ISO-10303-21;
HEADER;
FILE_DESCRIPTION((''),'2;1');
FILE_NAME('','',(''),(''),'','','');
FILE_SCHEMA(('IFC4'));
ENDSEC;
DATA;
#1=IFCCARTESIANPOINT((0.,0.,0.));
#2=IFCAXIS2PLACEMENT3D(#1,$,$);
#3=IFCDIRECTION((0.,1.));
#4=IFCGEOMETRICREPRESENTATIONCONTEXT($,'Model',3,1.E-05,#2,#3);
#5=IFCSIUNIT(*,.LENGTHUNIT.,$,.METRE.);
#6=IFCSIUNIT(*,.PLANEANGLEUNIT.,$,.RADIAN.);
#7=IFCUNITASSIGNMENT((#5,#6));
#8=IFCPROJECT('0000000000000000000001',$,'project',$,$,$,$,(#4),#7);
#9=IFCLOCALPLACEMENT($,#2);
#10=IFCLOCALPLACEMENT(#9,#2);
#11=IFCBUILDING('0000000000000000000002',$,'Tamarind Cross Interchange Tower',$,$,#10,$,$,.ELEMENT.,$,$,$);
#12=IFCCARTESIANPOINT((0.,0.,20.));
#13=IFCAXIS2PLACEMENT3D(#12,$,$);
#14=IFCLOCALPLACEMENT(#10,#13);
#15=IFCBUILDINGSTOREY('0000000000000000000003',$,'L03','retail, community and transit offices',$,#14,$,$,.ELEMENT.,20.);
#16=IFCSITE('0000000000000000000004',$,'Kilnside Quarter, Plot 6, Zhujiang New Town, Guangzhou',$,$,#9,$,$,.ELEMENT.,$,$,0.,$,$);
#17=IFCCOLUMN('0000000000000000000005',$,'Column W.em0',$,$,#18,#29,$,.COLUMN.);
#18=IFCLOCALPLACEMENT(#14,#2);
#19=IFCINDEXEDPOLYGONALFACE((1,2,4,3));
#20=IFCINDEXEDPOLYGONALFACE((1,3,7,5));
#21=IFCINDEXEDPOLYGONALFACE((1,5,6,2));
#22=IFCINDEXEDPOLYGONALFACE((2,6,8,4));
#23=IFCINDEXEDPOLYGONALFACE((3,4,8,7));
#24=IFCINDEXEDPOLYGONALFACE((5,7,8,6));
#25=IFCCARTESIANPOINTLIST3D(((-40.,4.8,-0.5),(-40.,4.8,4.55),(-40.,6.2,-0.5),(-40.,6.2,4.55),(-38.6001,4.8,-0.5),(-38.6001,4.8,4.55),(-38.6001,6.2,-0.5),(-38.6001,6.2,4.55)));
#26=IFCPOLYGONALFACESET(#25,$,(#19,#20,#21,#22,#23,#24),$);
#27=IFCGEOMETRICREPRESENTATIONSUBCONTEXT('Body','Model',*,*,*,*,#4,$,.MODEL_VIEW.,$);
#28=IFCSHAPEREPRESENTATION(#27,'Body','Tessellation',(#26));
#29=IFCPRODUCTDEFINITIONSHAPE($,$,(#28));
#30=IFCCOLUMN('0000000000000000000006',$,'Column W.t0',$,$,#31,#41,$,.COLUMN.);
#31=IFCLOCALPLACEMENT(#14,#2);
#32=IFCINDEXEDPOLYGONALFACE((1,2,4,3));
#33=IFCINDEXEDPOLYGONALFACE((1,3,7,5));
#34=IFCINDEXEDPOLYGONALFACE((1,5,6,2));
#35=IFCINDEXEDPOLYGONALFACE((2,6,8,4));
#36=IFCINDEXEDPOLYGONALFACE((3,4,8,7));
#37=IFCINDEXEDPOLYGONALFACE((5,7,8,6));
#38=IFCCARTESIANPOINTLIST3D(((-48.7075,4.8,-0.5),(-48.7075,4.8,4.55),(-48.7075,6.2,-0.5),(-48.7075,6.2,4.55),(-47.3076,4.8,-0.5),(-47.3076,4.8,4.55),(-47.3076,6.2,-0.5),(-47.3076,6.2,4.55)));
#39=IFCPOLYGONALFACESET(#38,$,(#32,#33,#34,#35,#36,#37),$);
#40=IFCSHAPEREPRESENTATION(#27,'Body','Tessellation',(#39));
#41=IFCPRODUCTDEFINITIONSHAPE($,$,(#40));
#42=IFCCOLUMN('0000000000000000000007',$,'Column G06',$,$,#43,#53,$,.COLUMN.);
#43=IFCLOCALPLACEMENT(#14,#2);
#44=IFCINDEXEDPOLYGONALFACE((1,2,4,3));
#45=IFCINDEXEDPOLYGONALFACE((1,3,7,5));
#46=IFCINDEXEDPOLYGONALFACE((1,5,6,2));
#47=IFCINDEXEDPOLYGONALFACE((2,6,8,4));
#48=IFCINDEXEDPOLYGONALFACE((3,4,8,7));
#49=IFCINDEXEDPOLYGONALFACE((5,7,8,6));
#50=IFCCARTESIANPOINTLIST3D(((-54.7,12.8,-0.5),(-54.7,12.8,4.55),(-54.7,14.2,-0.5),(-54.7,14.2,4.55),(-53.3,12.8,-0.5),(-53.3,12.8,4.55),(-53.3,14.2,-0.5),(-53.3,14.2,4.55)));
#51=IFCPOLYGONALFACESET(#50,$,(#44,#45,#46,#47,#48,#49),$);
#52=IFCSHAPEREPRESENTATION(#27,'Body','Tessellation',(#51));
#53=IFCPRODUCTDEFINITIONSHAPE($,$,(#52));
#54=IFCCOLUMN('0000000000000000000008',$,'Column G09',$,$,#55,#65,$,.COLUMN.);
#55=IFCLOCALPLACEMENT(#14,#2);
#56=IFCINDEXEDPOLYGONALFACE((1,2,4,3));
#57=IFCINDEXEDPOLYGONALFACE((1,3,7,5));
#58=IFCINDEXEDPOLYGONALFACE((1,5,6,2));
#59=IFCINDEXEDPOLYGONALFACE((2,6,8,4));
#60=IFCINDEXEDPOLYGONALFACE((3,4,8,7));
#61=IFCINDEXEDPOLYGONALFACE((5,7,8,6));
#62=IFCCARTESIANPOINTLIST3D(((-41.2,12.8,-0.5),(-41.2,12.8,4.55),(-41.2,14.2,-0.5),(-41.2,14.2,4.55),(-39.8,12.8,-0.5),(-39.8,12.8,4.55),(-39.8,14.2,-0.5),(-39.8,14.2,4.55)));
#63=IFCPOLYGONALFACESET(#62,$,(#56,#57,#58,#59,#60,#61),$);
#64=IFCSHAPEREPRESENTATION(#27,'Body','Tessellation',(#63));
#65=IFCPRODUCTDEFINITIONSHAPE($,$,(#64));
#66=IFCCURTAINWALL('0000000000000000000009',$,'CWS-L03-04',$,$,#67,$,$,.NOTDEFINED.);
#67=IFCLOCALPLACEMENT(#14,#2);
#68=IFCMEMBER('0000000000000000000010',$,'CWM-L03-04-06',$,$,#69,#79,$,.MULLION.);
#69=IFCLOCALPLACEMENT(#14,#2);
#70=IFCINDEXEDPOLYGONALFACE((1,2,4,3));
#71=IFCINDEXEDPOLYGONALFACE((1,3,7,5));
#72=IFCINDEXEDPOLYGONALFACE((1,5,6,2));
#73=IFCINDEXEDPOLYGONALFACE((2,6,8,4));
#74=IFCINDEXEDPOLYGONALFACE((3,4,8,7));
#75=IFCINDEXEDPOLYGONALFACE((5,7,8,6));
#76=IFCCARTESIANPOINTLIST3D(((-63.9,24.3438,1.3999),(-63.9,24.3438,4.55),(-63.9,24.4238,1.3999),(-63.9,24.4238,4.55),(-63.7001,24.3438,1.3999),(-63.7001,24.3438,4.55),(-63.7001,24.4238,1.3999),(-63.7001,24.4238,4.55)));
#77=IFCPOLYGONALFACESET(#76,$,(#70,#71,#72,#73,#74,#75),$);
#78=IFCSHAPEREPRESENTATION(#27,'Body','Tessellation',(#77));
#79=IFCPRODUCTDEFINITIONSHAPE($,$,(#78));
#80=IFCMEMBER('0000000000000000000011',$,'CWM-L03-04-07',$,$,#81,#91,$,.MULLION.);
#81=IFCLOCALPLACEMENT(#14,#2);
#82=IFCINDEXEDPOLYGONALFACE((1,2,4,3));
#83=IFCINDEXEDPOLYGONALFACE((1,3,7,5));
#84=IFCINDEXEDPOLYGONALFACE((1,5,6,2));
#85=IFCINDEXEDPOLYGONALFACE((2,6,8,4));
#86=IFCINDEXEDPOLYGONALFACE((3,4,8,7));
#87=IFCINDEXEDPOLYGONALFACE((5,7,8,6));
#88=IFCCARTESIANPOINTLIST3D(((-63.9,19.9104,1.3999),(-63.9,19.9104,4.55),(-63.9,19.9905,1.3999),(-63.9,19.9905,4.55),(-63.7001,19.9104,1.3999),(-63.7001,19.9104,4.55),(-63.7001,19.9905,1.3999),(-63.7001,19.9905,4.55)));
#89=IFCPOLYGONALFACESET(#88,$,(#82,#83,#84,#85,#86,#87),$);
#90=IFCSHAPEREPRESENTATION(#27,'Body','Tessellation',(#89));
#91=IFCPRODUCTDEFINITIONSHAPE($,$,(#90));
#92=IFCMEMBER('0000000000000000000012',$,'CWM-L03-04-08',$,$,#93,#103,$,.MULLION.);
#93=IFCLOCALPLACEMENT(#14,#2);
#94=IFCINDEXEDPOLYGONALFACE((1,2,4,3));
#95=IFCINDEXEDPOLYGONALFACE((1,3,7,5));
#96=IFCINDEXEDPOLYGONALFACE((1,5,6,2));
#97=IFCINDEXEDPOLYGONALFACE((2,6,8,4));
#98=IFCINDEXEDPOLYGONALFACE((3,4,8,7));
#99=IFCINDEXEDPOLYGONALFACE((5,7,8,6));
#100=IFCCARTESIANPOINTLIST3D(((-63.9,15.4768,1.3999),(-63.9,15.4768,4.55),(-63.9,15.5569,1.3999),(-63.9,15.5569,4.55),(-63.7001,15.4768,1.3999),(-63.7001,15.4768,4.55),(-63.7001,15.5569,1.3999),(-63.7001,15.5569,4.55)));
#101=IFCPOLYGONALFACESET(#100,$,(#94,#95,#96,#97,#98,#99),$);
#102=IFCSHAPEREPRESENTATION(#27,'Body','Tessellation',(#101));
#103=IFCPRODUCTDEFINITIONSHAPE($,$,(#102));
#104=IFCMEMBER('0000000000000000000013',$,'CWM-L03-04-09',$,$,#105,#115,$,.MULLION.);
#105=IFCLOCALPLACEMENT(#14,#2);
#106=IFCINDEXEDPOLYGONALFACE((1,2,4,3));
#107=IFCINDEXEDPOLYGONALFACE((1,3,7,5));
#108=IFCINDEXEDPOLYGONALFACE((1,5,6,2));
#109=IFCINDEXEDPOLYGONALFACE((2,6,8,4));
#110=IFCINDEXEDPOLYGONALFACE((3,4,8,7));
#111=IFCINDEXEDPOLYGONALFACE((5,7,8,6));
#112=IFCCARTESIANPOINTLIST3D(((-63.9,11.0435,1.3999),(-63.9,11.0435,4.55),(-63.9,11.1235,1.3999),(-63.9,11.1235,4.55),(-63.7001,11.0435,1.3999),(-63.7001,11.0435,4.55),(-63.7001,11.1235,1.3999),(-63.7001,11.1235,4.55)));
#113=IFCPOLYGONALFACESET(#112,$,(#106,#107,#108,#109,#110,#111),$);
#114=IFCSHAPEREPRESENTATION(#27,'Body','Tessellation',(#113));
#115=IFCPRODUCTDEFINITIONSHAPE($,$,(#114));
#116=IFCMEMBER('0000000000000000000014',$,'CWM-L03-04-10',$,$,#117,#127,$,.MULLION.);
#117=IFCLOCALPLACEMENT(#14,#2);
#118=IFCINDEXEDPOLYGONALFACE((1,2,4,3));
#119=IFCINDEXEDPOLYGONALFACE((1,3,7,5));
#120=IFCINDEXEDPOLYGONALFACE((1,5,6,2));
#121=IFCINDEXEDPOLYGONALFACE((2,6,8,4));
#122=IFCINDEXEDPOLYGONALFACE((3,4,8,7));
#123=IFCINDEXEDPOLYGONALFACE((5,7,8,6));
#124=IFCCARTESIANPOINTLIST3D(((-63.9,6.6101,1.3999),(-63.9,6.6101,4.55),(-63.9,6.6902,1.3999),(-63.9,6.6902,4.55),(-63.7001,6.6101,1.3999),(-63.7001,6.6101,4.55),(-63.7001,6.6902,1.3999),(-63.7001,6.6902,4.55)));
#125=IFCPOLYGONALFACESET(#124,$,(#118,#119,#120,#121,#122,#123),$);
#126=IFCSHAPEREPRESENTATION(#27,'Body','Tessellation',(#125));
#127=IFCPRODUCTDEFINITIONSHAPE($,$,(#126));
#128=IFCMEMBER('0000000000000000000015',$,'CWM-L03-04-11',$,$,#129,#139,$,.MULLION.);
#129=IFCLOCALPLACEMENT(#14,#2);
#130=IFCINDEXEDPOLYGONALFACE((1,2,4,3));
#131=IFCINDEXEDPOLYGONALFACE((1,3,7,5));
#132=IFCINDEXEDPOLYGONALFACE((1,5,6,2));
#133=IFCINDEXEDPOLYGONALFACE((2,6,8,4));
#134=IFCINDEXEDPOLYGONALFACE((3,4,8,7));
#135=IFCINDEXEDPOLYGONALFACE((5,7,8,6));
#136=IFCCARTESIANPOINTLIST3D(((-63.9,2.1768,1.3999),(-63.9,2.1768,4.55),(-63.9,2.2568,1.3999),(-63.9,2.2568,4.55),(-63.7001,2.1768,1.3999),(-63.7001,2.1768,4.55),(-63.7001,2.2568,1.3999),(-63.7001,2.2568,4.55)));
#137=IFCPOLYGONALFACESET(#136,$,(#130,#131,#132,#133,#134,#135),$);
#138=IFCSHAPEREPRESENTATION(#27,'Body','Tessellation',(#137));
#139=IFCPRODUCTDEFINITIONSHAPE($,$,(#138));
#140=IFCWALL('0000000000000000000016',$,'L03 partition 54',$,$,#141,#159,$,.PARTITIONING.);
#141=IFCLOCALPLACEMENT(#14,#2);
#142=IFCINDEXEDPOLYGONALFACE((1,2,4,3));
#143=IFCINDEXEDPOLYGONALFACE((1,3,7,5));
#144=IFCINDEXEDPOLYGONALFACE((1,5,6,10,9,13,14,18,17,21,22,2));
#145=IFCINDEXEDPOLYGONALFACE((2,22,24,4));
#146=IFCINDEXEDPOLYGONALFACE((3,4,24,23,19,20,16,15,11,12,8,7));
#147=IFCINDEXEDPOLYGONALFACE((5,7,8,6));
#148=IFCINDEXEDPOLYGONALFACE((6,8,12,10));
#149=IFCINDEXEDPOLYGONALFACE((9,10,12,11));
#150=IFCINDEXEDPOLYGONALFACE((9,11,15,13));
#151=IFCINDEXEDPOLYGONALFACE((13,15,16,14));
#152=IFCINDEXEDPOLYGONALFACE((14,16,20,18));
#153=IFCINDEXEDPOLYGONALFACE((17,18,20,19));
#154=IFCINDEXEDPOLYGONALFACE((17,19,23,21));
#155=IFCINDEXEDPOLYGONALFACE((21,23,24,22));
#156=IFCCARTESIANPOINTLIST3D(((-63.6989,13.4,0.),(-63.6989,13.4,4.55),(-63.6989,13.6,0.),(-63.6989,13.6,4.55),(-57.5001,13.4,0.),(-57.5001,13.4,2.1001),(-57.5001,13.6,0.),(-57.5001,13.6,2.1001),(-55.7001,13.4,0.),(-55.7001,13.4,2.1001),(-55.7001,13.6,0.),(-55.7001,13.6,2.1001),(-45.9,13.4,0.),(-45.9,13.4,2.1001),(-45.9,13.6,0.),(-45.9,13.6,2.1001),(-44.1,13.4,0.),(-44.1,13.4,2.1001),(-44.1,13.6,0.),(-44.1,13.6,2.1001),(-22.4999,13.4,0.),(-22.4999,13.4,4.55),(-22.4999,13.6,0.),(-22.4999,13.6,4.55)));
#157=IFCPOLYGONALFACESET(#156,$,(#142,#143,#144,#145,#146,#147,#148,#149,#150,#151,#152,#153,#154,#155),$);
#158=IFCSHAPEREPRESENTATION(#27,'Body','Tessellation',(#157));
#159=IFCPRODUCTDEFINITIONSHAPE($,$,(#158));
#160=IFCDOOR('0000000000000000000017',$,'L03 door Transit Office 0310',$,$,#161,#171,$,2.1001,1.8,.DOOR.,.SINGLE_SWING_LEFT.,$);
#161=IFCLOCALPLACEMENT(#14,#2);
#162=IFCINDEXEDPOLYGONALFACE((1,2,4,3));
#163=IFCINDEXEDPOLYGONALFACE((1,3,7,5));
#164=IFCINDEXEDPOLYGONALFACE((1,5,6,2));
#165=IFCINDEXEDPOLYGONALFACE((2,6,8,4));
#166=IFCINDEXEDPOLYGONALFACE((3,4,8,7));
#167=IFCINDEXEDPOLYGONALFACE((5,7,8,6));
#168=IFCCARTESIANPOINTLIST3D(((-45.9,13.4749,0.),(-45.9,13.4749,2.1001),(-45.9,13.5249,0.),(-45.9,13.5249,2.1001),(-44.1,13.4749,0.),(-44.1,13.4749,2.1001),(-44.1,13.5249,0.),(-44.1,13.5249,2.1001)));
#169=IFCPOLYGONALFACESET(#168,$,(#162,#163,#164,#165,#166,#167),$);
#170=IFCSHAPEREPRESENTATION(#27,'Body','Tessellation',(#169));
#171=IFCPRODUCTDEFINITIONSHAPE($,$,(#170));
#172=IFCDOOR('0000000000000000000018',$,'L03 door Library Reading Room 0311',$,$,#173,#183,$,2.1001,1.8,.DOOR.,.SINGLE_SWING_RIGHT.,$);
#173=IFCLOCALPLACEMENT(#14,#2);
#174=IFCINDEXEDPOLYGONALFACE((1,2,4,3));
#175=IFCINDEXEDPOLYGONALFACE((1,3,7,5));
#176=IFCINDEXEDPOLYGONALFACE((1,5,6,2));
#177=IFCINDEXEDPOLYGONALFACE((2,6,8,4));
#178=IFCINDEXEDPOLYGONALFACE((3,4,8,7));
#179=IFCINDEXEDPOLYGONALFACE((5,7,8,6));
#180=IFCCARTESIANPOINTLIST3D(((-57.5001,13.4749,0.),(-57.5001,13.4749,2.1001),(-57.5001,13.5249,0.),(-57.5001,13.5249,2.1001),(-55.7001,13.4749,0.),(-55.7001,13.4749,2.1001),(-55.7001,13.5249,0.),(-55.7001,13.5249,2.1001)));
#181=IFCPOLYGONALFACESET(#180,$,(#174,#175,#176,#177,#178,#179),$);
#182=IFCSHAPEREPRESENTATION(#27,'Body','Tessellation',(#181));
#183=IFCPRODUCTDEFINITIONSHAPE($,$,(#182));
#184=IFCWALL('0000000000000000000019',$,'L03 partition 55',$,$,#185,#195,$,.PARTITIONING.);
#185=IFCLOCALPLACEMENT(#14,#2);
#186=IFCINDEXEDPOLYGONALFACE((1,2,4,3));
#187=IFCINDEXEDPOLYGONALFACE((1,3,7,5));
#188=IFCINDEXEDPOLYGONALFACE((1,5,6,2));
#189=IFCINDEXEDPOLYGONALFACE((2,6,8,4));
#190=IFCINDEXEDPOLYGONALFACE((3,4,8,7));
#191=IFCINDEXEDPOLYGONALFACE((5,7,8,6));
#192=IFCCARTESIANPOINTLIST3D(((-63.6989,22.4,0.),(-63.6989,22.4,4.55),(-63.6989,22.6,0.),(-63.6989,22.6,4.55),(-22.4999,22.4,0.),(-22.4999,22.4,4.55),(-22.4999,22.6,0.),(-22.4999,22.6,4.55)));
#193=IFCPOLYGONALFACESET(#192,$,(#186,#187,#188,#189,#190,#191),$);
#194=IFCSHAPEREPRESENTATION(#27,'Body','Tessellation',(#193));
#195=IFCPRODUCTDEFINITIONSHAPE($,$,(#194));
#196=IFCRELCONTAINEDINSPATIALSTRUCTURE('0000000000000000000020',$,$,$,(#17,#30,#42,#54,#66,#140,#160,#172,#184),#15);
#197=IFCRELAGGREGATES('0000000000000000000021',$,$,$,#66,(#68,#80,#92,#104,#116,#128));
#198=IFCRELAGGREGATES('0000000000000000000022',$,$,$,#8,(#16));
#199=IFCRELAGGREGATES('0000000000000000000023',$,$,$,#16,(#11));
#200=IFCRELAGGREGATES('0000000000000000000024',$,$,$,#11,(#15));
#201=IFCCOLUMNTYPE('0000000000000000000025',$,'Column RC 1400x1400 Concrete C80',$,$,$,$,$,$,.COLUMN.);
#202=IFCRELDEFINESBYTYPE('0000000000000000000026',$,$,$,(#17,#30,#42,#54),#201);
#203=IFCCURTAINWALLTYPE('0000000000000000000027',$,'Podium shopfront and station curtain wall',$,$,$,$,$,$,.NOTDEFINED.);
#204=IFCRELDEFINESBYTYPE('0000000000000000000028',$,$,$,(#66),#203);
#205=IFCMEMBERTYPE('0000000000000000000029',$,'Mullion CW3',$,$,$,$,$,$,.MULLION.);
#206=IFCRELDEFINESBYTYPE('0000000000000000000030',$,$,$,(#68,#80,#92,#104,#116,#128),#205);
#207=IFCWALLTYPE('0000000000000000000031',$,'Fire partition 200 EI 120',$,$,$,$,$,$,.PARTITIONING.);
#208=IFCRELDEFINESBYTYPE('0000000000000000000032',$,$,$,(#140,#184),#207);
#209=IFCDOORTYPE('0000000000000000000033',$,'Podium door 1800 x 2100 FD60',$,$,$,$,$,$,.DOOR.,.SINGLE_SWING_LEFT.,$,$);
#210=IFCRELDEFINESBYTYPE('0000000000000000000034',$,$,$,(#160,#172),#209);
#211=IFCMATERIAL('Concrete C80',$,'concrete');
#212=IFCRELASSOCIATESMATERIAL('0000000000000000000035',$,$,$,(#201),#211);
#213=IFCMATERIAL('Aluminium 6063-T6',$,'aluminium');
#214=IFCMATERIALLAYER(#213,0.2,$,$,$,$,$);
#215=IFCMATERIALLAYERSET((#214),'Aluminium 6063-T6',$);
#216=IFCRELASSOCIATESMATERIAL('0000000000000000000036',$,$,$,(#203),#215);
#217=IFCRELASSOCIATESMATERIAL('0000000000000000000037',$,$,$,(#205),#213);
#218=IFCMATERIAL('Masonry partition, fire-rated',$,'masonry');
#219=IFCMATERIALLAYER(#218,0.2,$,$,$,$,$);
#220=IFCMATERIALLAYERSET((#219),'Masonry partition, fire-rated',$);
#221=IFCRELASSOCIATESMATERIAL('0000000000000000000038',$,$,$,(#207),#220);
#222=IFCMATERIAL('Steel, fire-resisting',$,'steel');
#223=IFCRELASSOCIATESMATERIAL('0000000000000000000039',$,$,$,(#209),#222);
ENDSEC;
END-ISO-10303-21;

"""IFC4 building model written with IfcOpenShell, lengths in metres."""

from ifc_helpers import new_model, si_unit, direction, frame, frame_2d, origin, origin_2d, place, context, subcontext, project, spatial, rectangle, extrude, material, layer, layer_set, material_profile, profile_set, type_object, element, fill, aggregate, save


model = new_model("IFC4")

# Units and contexts
model_context = context("Model", 3, precision=1e-05, world=origin(), true_north=direction((0.0, 1.0)))
body_context = subcontext(model_context, "Body", "Model", "MODEL_VIEW")
ifc_project = project(units=[si_unit("LENGTHUNIT", "METRE"), si_unit("PLANEANGLEUNIT", "RADIAN")], contexts=[model_context])

# Site, building, storey
site_placement = place(None, origin())
site = spatial("IfcSite", under=ifc_project, at=site_placement, Name="Kilnside Quarter, Plot 6, Zhujiang New Town, Guangzhou", CompositionType="ELEMENT", RefElevation=0.0)
building_placement = place(site_placement, origin())
building = spatial("IfcBuilding", under=site, at=building_placement, Name="Tamarind Cross Interchange Tower", CompositionType="ELEMENT")
storey_placement = place(building_placement, frame((0.0, 0.0, 20.0)))
storey = spatial("IfcBuildingStorey", under=building, at=storey_placement, Name="L03", Description="retail, community and transit offices", CompositionType="ELEMENT", Elevation=20.0)

# Columns
ifc_material_1 = material(Name="Concrete C80", Category="concrete")
ifc_material_profile_1 = material_profile(ifc_material_1, rectangle(XDim=1.3999, YDim=1.3999, at=origin_2d()), Name="RC 1400x1400")
ifc_profile_set_1 = profile_set([ifc_material_profile_1], Name="Concrete C80")
column_type = type_object("IfcColumnType", Name="Column RC 1400x1400 Concrete C80", PredefinedType="COLUMN", material=ifc_profile_set_1)
for number, where, z_axis, x_axis, name in (
    (1, (-39.3, 5.5, -0.5), (0.0, 0.0, 1.0), (1.0, 0.0, 0.0), "Column W.em0"),
    (2, (-48.0076, 5.5, -0.5), (0.0, 0.0, 1.0), (1.0, 0.0, 0.0), "Column W.t0"),
    (3, (-54.0, 13.5, -0.5), (0.0, 0.0, 1.0), (1.0, 0.0, 0.0), "Column G06"),
    (4, (-40.5, 13.5, -0.5), (0.0, 0.0, 1.0), (1.0, 0.0, 0.0), "Column G09"),
):
    element("IfcColumn", number, at=place(storey_placement, frame(where, z_axis=z_axis, x_axis=x_axis)), inside=storey, type_object=column_type, Name=name, PredefinedType="COLUMN", context=body_context, shape_type="SweptSolid", body=[
        extrude(rectangle(XDim=1.3999, YDim=1.3999, at=origin_2d()), origin(), (0.0, 0.0, 1.0), 5.05),
    ])

# Curtain wall, members
ifc_material_2 = material(Name="Aluminium 6063-T6", Category="aluminium")
ifc_layer_1 = layer(ifc_material_2, 0.2)
ifc_layer_set_1 = layer_set([ifc_layer_1], Name="Aluminium 6063-T6")
curtain_wall_type = type_object("IfcCurtainWallType", Name="Podium shopfront and station curtain wall", PredefinedType="NOTDEFINED", material=ifc_layer_set_1)
curtain_wall_placement = place(storey_placement, origin())
curtain_wall = element("IfcCurtainWall", 5, at=curtain_wall_placement, inside=storey, type_object=curtain_wall_type, Name="CWS-L03-04", PredefinedType="NOTDEFINED")
ifc_material_profile_2 = material_profile(ifc_material_2, rectangle(XDim=0.0801, YDim=0.2, at=origin_2d()), Name="Mullion CW3")
ifc_profile_set_2 = profile_set([ifc_material_profile_2], Name="Aluminium 6063-T6")
member_type = type_object("IfcMemberType", Name="Mullion CW3", PredefinedType="MULLION", material=ifc_profile_set_2)
member_1_placement = place(storey_placement, frame((-63.8, 24.3838, 1.3999), z_axis=(0.0, 0.0, 1.0), x_axis=(0.0, -1.0, 0.0)))
member_1 = element("IfcMember", 6, at=member_1_placement, type_object=member_type, Name="CWM-L03-04-06", PredefinedType="MULLION", context=body_context, shape_type="SweptSolid", body=[
    extrude(rectangle(XDim=0.0801, YDim=0.2, at=origin_2d()), origin(), (0.0, 0.0, 1.0), 3.1501),
])
member_2_placement = place(storey_placement, frame((-63.8, 19.9504, 1.3999), z_axis=(0.0, 0.0, 1.0), x_axis=(0.0, -1.0, 0.0)))
member_2 = element("IfcMember", 7, at=member_2_placement, type_object=member_type, Name="CWM-L03-04-07", PredefinedType="MULLION", context=body_context, shape_type="SweptSolid", body=[
    extrude(rectangle(XDim=0.0801, YDim=0.2, at=origin_2d()), origin(), (0.0, 0.0, 1.0), 3.1501),
])
member_3_placement = place(storey_placement, frame((-63.8, 15.5168, 1.3999), z_axis=(0.0, 0.0, 1.0), x_axis=(0.0, -1.0, 0.0)))
member_3 = element("IfcMember", 8, at=member_3_placement, type_object=member_type, Name="CWM-L03-04-08", PredefinedType="MULLION", context=body_context, shape_type="SweptSolid", body=[
    extrude(rectangle(XDim=0.0801, YDim=0.2, at=origin_2d()), origin(), (0.0, 0.0, 1.0), 3.1501),
])
member_4_placement = place(storey_placement, frame((-63.8, 11.0835, 1.3999), z_axis=(0.0, 0.0, 1.0), x_axis=(0.0, -1.0, 0.0)))
member_4 = element("IfcMember", 9, at=member_4_placement, type_object=member_type, Name="CWM-L03-04-09", PredefinedType="MULLION", context=body_context, shape_type="SweptSolid", body=[
    extrude(rectangle(XDim=0.0801, YDim=0.2, at=origin_2d()), origin(), (0.0, 0.0, 1.0), 3.1501),
])
member_5_placement = place(storey_placement, frame((-63.8, 6.6501, 1.3999), z_axis=(0.0, 0.0, 1.0), x_axis=(0.0, -1.0, 0.0)))
member_5 = element("IfcMember", 10, at=member_5_placement, type_object=member_type, Name="CWM-L03-04-10", PredefinedType="MULLION", context=body_context, shape_type="SweptSolid", body=[
    extrude(rectangle(XDim=0.0801, YDim=0.2, at=origin_2d()), origin(), (0.0, 0.0, 1.0), 3.1501),
])
member_6_placement = place(storey_placement, frame((-63.8, 2.2168, 1.3999), z_axis=(0.0, 0.0, 1.0), x_axis=(0.0, -1.0, 0.0)))
member_6 = element("IfcMember", 11, at=member_6_placement, type_object=member_type, Name="CWM-L03-04-11", PredefinedType="MULLION", context=body_context, shape_type="SweptSolid", body=[
    extrude(rectangle(XDim=0.0801, YDim=0.2, at=origin_2d()), origin(), (0.0, 0.0, 1.0), 3.1501),
])
aggregate(curtain_wall, [member_1, member_2, member_3, member_4, member_5, member_6])

# Wall, openings, doors
ifc_material_3 = material(Name="Masonry partition, fire-rated", Category="masonry")
ifc_layer_2 = layer(ifc_material_3, 0.2)
ifc_layer_set_2 = layer_set([ifc_layer_2], Name="Masonry partition, fire-rated")
wall_type_1 = type_object("IfcWallType", Name="Fire partition 200 EI 120", PredefinedType="PARTITIONING", material=ifc_layer_set_2)
wall_1_placement = place(storey_placement, frame((-63.699, 13.5, 0.0), z_axis=(0.0, 0.0, 1.0), x_axis=(1.0, 0.0, 0.0)))
wall_1 = element("IfcWall", 12, at=wall_1_placement, inside=storey, type_object=wall_type_1, Name="L03 partition 54", PredefinedType="PARTITIONING", context=body_context, shape_type="SweptSolid", body=[
    extrude(rectangle(XDim=41.199, YDim=0.2, at=frame_2d((20.5996, 0.0))), origin(), (0.0, 0.0, 1.0), 4.55),
])
opening_1_placement = place(wall_1_placement, frame((17.7991, 0.0, 0.0)))
opening_1 = element("IfcOpeningElement", 13, at=opening_1_placement, cuts=wall_1, PredefinedType="OPENING", context=body_context, shape_type="SweptSolid", body=[
    extrude(rectangle(XDim=1.8, YDim=2.1001, at=frame_2d((0.8999, 1.05))), frame((0.0, 0.1099, 0.0), z_axis=(0.0, -1.0, 0.0), x_axis=(1.0, 0.0, 0.0)), (0.0, 0.0, 1.0), 0.22),
])
opening_2_placement = place(wall_1_placement, frame((6.199, 0.0, 0.0)))
opening_2 = element("IfcOpeningElement", 14, at=opening_2_placement, cuts=wall_1, PredefinedType="OPENING", context=body_context, shape_type="SweptSolid", body=[
    extrude(rectangle(XDim=1.8, YDim=2.1001, at=frame_2d((0.8999, 1.05))), frame((0.0, 0.1099, 0.0), z_axis=(0.0, -1.0, 0.0), x_axis=(1.0, 0.0, 0.0)), (0.0, 0.0, 1.0), 0.22),
])
ifc_material_4 = material(Name="Steel, fire-resisting", Category="steel")
door_type = type_object("IfcDoorType", Name="Podium door 1800 x 2100 FD60", OperationType="SINGLE_SWING_LEFT", PredefinedType="DOOR", material=ifc_material_4)
door_1_placement = place(opening_1_placement, origin())
door_1 = element("IfcDoor", 15, at=door_1_placement, inside=storey, type_object=door_type, Name="L03 door Transit Office 0310", OperationType="SINGLE_SWING_LEFT", OverallHeight=2.1001, OverallWidth=1.8, PredefinedType="DOOR", context=body_context, shape_type="SweptSolid", body=[
    extrude(rectangle(XDim=1.8, YDim=2.1001, at=frame_2d((0.8999, 1.05))), frame((0.0, 0.0249, 0.0), z_axis=(0.0, -1.0, 0.0), x_axis=(1.0, 0.0, 0.0)), (0.0, 0.0, 1.0), 0.05),
])
fill(opening_1, door_1)
door_2_placement = place(opening_2_placement, origin())
door_2 = element("IfcDoor", 16, at=door_2_placement, inside=storey, type_object=door_type, Name="L03 door Library Reading Room 0311", OperationType="SINGLE_SWING_RIGHT", OverallHeight=2.1001, OverallWidth=1.8, PredefinedType="DOOR", context=body_context, shape_type="SweptSolid", body=[
    extrude(rectangle(XDim=1.8, YDim=2.1001, at=frame_2d((0.8999, 1.05))), frame((0.0, 0.0249, 0.0), z_axis=(0.0, -1.0, 0.0), x_axis=(1.0, 0.0, 0.0)), (0.0, 0.0, 1.0), 0.05),
])
fill(opening_2, door_2)

# Wall
wall_2_placement = place(storey_placement, frame((-63.699, 22.5, 0.0), z_axis=(0.0, 0.0, 1.0), x_axis=(1.0, 0.0, 0.0)))
element("IfcWall", 17, at=wall_2_placement, inside=storey, type_object=wall_type_1, Name="L03 partition 55", PredefinedType="PARTITIONING", context=body_context, shape_type="SweptSolid", body=[
    extrude(rectangle(XDim=41.199, YDim=0.2, at=frame_2d((20.5996, 0.0))), origin(), (0.0, 0.0, 1.0), 4.55),
])

save(model, "model.ifc")
